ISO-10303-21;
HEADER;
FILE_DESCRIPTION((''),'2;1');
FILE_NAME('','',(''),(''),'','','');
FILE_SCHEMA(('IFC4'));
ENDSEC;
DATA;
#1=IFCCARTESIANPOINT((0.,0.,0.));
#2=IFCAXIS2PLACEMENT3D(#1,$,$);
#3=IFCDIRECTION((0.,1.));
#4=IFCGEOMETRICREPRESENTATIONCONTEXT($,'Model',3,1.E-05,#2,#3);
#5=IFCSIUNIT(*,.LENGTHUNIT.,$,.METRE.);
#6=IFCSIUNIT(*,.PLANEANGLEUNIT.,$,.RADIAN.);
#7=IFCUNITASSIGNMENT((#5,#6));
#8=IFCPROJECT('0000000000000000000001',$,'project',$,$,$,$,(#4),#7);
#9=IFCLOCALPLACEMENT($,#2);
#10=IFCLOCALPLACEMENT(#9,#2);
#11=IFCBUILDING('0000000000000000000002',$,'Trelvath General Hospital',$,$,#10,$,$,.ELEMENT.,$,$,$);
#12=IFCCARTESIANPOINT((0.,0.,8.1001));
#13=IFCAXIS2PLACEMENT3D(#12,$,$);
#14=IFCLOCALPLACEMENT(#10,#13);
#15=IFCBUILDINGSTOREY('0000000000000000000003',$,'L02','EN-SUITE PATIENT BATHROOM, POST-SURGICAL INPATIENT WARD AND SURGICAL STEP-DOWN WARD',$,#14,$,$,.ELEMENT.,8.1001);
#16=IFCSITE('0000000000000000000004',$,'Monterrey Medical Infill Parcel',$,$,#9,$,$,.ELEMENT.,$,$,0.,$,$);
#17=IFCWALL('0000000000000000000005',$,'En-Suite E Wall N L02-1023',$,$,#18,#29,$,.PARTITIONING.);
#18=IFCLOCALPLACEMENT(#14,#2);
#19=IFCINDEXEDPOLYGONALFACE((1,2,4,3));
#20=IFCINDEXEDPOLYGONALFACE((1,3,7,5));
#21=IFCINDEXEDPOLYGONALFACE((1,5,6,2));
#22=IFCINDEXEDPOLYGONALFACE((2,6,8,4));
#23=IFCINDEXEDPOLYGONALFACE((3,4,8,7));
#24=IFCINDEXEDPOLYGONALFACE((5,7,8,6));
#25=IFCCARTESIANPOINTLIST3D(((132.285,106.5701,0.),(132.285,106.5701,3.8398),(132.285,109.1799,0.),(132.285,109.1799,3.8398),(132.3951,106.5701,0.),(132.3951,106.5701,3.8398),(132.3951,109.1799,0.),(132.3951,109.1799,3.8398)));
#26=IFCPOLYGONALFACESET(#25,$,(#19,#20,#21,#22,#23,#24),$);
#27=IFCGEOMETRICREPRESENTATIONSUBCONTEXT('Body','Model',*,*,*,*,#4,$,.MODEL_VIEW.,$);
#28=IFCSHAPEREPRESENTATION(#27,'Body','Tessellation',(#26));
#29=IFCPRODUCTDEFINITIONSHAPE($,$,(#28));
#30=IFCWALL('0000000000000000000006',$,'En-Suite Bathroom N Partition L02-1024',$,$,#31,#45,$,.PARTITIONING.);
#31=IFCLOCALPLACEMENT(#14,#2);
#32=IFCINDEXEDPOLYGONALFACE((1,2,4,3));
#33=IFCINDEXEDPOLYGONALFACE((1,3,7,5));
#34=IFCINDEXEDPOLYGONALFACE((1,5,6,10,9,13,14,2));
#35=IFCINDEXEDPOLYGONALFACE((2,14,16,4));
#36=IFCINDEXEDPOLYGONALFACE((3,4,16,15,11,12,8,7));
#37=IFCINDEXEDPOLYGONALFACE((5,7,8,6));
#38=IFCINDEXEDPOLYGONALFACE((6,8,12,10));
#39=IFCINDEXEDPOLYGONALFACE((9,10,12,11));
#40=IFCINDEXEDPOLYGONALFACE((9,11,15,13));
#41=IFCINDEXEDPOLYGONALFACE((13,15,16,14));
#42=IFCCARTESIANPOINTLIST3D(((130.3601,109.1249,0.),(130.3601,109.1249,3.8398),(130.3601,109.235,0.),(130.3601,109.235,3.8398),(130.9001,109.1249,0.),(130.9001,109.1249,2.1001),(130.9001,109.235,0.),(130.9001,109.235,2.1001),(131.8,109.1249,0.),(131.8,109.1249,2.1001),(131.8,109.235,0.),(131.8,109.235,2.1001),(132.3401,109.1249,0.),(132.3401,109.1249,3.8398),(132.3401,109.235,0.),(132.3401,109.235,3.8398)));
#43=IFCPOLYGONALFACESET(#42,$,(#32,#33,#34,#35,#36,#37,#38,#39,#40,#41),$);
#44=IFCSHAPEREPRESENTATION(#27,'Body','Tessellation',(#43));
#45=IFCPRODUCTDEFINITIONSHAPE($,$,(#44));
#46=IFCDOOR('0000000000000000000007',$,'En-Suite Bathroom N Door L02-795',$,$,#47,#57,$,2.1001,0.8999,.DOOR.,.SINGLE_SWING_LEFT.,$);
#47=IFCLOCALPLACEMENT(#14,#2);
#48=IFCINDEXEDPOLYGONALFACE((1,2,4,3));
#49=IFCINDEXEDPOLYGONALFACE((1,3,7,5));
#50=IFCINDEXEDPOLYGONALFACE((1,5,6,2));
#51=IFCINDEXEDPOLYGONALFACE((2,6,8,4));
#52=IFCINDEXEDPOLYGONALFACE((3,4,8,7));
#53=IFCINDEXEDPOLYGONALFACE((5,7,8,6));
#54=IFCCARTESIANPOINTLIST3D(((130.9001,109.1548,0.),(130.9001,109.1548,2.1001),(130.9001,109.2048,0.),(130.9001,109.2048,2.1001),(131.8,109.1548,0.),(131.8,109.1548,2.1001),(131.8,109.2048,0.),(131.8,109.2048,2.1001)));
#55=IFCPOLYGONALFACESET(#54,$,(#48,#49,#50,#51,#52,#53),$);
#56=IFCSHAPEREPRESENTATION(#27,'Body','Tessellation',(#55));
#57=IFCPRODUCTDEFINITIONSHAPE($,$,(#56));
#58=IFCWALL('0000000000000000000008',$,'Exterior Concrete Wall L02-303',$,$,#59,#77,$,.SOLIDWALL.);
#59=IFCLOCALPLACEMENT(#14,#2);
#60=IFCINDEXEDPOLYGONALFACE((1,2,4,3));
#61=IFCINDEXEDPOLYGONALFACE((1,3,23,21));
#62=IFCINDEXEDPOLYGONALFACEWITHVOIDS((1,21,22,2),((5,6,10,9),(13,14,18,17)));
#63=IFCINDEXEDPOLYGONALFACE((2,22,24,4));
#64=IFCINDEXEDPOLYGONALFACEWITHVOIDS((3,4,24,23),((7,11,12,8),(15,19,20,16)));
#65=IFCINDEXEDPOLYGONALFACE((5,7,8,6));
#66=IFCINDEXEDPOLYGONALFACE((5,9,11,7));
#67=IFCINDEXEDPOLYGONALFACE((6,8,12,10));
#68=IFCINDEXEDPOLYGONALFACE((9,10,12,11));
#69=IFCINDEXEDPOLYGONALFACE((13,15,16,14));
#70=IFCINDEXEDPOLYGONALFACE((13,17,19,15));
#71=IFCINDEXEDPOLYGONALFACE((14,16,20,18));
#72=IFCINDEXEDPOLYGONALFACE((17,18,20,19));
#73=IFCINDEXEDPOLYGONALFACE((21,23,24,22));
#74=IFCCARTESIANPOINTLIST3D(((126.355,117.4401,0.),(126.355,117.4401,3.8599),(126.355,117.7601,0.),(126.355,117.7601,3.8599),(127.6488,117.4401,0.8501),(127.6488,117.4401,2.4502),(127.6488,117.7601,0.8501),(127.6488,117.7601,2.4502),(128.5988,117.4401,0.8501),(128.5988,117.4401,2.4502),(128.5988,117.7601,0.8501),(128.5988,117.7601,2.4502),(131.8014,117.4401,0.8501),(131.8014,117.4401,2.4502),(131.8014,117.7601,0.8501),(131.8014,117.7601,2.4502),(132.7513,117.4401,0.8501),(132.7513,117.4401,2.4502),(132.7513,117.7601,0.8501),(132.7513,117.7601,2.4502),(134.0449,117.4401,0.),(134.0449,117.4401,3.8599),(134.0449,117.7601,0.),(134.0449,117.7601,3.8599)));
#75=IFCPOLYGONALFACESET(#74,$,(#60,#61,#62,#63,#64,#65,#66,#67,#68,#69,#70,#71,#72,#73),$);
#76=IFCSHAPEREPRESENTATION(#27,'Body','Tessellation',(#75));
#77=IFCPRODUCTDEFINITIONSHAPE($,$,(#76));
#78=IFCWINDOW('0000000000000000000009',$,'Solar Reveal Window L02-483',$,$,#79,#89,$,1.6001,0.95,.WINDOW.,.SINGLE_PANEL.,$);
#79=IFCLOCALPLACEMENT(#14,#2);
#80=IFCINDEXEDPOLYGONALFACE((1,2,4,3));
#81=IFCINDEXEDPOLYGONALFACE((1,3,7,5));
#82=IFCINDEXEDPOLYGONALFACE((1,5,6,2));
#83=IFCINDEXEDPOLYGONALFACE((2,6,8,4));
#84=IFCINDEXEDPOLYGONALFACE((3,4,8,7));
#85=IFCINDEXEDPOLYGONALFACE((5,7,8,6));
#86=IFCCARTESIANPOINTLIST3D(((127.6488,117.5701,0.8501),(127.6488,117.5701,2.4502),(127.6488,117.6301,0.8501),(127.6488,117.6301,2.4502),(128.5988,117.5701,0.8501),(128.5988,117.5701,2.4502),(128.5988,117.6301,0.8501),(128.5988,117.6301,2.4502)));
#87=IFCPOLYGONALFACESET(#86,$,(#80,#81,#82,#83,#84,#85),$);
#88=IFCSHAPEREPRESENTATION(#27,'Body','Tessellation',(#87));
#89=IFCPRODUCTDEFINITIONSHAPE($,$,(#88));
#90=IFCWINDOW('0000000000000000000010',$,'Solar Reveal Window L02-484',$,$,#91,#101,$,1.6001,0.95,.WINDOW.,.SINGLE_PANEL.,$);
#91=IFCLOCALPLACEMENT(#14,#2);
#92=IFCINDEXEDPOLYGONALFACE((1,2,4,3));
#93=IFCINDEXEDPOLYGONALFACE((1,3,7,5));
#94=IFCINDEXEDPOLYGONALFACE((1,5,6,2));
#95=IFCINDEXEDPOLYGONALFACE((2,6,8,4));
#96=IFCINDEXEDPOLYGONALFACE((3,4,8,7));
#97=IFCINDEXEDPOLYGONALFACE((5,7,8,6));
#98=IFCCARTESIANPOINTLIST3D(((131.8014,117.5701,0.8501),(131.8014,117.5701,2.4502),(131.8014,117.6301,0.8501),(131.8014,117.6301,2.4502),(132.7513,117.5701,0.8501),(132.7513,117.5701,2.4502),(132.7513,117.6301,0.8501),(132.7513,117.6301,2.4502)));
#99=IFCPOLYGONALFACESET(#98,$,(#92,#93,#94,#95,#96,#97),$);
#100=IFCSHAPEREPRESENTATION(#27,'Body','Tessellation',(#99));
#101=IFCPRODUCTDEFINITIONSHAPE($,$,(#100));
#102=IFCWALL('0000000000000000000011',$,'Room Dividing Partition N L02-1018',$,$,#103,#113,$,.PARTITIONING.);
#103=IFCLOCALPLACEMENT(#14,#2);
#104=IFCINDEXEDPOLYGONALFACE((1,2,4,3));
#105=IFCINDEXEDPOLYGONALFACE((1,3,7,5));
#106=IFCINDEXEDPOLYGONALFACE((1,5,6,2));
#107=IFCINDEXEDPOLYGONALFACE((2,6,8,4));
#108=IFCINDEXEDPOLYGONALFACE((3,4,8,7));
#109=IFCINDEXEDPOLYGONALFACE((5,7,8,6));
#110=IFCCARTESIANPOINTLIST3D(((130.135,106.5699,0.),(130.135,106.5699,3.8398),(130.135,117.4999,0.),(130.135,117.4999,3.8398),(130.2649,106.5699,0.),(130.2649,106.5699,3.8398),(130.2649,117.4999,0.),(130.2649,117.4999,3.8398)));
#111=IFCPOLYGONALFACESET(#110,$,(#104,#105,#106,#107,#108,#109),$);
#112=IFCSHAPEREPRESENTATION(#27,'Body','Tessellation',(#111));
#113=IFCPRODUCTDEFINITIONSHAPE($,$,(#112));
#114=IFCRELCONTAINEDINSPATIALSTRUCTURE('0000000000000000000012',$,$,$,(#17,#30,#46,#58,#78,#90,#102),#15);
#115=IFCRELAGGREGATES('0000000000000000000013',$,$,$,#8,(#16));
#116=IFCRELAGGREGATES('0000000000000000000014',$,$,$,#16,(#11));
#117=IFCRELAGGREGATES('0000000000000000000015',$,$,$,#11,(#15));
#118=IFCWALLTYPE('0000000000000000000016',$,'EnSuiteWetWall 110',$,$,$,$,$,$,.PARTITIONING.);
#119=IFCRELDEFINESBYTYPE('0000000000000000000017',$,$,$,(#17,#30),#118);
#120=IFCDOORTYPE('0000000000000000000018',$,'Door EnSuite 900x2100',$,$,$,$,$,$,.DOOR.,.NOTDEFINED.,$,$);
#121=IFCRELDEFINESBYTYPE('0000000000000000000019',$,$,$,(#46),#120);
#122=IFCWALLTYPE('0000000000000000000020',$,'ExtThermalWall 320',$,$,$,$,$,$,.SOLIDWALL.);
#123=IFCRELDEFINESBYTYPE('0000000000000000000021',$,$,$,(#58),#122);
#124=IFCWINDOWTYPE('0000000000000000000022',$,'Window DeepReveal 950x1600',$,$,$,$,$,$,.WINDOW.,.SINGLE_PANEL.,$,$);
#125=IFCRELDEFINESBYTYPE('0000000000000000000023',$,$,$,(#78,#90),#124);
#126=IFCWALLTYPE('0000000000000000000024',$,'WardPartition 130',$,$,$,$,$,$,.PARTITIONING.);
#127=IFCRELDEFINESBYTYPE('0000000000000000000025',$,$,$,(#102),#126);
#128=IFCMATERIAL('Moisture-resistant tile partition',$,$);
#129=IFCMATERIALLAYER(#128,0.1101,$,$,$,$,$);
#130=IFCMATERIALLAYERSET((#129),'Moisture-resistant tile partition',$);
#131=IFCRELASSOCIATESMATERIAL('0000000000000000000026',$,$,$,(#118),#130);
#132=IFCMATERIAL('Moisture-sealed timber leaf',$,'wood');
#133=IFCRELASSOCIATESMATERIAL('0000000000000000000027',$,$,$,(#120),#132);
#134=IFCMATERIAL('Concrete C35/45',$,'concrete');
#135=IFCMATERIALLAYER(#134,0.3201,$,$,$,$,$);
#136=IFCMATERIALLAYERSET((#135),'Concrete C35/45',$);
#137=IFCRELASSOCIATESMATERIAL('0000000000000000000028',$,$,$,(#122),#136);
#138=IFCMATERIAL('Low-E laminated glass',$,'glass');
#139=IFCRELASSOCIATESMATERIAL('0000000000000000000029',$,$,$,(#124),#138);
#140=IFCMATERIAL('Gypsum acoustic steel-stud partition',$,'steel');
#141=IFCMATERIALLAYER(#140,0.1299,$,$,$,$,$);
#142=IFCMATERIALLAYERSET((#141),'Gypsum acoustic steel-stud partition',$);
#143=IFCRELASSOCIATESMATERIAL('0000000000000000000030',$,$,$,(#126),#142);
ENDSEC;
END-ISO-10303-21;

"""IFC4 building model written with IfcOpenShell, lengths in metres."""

from ifc_helpers import new_model, si_unit, direction, frame, frame_2d, origin, place, context, subcontext, project, spatial, rectangle, extrude, material, layer, layer_set, type_object, element, fill, save


model = new_model("IFC4")

# Units and contexts
model_context = context("Model", 3, precision=1e-05, world=origin(), true_north=direction((0.0, 1.0)))
body_context = subcontext(model_context, "Body", "Model", "MODEL_VIEW")
ifc_project = project(units=[si_unit("LENGTHUNIT", "METRE"), si_unit("PLANEANGLEUNIT", "RADIAN")], contexts=[model_context])

# Site, building, storey
site_placement = place(None, origin())
site = spatial("IfcSite", under=ifc_project, at=site_placement, Name="Monterrey Medical Infill Parcel", CompositionType="ELEMENT", RefElevation=0.0)
building_placement = place(site_placement, origin())
building = spatial("IfcBuilding", under=site, at=building_placement, Name="Trelvath General Hospital", CompositionType="ELEMENT")
storey_placement = place(building_placement, frame((0.0, 0.0, 8.1001)))
storey = spatial("IfcBuildingStorey", under=building, at=storey_placement, Name="L02", Description="EN-SUITE PATIENT BATHROOM, POST-SURGICAL INPATIENT WARD AND SURGICAL STEP-DOWN WARD", CompositionType="ELEMENT", Elevation=8.1001)

# Shared definitions
ifc_material_1 = material(Name="Moisture-resistant tile partition")
ifc_layer_1 = layer(ifc_material_1, 0.1101)
ifc_layer_set_1 = layer_set([ifc_layer_1], Name="Moisture-resistant tile partition")
wall_type_1 = type_object("IfcWallType", Name="EnSuiteWetWall 110", PredefinedType="PARTITIONING", material=ifc_layer_set_1)
ifc_material_2 = material(Name="Moisture-sealed timber leaf", Category="wood")
door_type = type_object("IfcDoorType", Name="Door EnSuite 900x2100", OperationType="NOTDEFINED", PredefinedType="DOOR", material=ifc_material_2)

# Wall
for number, where, z_axis, x_axis, name in (
    (1, (132.3401, 106.5701, 0.0), (0.0, 0.0, 1.0), (0.0, 1.0, 0.0), "En-Suite E Wall N L02-1023"),
):
    element("IfcWall", number, at=place(storey_placement, frame(where, z_axis=z_axis, x_axis=x_axis)), inside=storey, type_object=wall_type_1, Name=name, PredefinedType="PARTITIONING", context=body_context, shape_type="SweptSolid", body=[
        extrude(rectangle(XDim=2.6099, YDim=0.1101, at=frame_2d((1.3049, 0.0))), origin(), (0.0, 0.0, 1.0), 3.8398),
    ])

# Wall, opening, door
wall_1_placement = place(storey_placement, frame((130.3601, 109.1799, 0.0), z_axis=(0.0, 0.0, 1.0), x_axis=(1.0, 0.0, 0.0)))
wall_1 = element("IfcWall", 2, at=wall_1_placement, inside=storey, type_object=wall_type_1, Name="En-Suite Bathroom N Partition L02-1024", PredefinedType="PARTITIONING", context=body_context, shape_type="SweptSolid", body=[
    extrude(rectangle(XDim=1.98, YDim=0.1101, at=frame_2d((0.99, 0.0))), origin(), (0.0, 0.0, 1.0), 3.8398),
])
opening_1_placement = place(wall_1_placement, frame((0.54, 0.0, 0.0)))
opening_1 = element("IfcOpeningElement", 3, at=opening_1_placement, cuts=wall_1, PredefinedType="OPENING", context=body_context, shape_type="SweptSolid", body=[
    extrude(rectangle(XDim=0.8999, YDim=2.1001, at=frame_2d((0.45, 1.05))), frame((0.0, 0.0649, 0.0), z_axis=(0.0, -1.0, 0.0), x_axis=(1.0, 0.0, 0.0)), (0.0, 0.0, 1.0), 0.1301),
])
door_1_placement = place(opening_1_placement, origin())
door_1 = element("IfcDoor", 4, at=door_1_placement, inside=storey, type_object=door_type, Name="En-Suite Bathroom N Door L02-795", OperationType="SINGLE_SWING_LEFT", OverallHeight=2.1001, OverallWidth=0.8999, PredefinedType="DOOR", context=body_context, shape_type="SweptSolid", body=[
    extrude(rectangle(XDim=0.8999, YDim=2.1001, at=frame_2d((0.45, 1.05))), frame((0.0, 0.0249, 0.0), z_axis=(0.0, -1.0, 0.0), x_axis=(1.0, 0.0, 0.0)), (0.0, 0.0, 1.0), 0.05),
])
fill(opening_1, door_1)

# Wall, openings, windows
ifc_material_3 = material(Name="Concrete C35/45", Category="concrete")
ifc_layer_2 = layer(ifc_material_3, 0.3201)
ifc_layer_set_2 = layer_set([ifc_layer_2], Name="Concrete C35/45")
wall_type_2 = type_object("IfcWallType", Name="ExtThermalWall 320", PredefinedType="SOLIDWALL", material=ifc_layer_set_2)
wall_2_placement = place(storey_placement, frame((126.355, 117.6001, 0.0), z_axis=(0.0, 0.0, 1.0), x_axis=(1.0, 0.0, 0.0)))
wall_2 = element("IfcWall", 5, at=wall_2_placement, inside=storey, type_object=wall_type_2, Name="Exterior Concrete Wall L02-303", PredefinedType="SOLIDWALL", context=body_context, shape_type="SweptSolid", body=[
    extrude(rectangle(XDim=7.6899, YDim=0.3201, at=frame_2d((3.845, 0.0))), origin(), (0.0, 0.0, 1.0), 3.8599),
])
opening_2_placement = place(wall_2_placement, frame((1.2937, 0.0, 0.8501)))
opening_2 = element("IfcOpeningElement", 6, at=opening_2_placement, cuts=wall_2, PredefinedType="OPENING", context=body_context, shape_type="SweptSolid", body=[
    extrude(rectangle(XDim=0.95, YDim=1.6001, at=frame_2d((0.4751, 0.8))), frame((0.0, 0.1699, 0.0), z_axis=(0.0, -1.0, 0.0), x_axis=(1.0, 0.0, 0.0)), (0.0, 0.0, 1.0), 0.3401),
])
opening_3_placement = place(wall_2_placement, frame((5.4463, 0.0, 0.8501)))
opening_3 = element("IfcOpeningElement", 7, at=opening_3_placement, cuts=wall_2, PredefinedType="OPENING", context=body_context, shape_type="SweptSolid", body=[
    extrude(rectangle(XDim=0.95, YDim=1.6001, at=frame_2d((0.4751, 0.8))), frame((0.0, 0.1699, 0.0), z_axis=(0.0, -1.0, 0.0), x_axis=(1.0, 0.0, 0.0)), (0.0, 0.0, 1.0), 0.3401),
])
ifc_material_4 = material(Name="Low-E laminated glass", Category="glass")
window_type = type_object("IfcWindowType", Name="Window DeepReveal 950x1600", PartitioningType="SINGLE_PANEL", PredefinedType="WINDOW", material=ifc_material_4)
window_1_placement = place(opening_2_placement, origin())
window_1 = element("IfcWindow", 8, at=window_1_placement, inside=storey, type_object=window_type, Name="Solar Reveal Window L02-483", OverallHeight=1.6001, OverallWidth=0.95, PartitioningType="SINGLE_PANEL", PredefinedType="WINDOW", context=body_context, shape_type="SweptSolid", body=[
    extrude(rectangle(XDim=0.95, YDim=1.6001, at=frame_2d((0.4751, 0.8))), frame((0.0, 0.03, 0.0), z_axis=(0.0, -1.0, 0.0), x_axis=(1.0, 0.0, 0.0)), (0.0, 0.0, 1.0), 0.0601),
])
fill(opening_2, window_1)
window_2_placement = place(opening_3_placement, origin())
window_2 = element("IfcWindow", 9, at=window_2_placement, inside=storey, type_object=window_type, Name="Solar Reveal Window L02-484", OverallHeight=1.6001, OverallWidth=0.95, PartitioningType="SINGLE_PANEL", PredefinedType="WINDOW", context=body_context, shape_type="SweptSolid", body=[
    extrude(rectangle(XDim=0.95, YDim=1.6001, at=frame_2d((0.4751, 0.8))), frame((0.0, 0.03, 0.0), z_axis=(0.0, -1.0, 0.0), x_axis=(1.0, 0.0, 0.0)), (0.0, 0.0, 1.0), 0.0601),
])
fill(opening_3, window_2)

# Wall
ifc_material_5 = material(Name="Gypsum acoustic steel-stud partition", Category="steel")
ifc_layer_3 = layer(ifc_material_5, 0.1299)
ifc_layer_set_3 = layer_set([ifc_layer_3], Name="Gypsum acoustic steel-stud partition")
wall_type_3 = type_object("IfcWallType", Name="WardPartition 130", PredefinedType="PARTITIONING", material=ifc_layer_set_3)
wall_3_placement = place(storey_placement, frame((130.2, 106.5701, 0.0), z_axis=(0.0, 0.0, 1.0), x_axis=(0.0, 1.0, 0.0)))
element("IfcWall", 10, at=wall_3_placement, inside=storey, type_object=wall_type_3, Name="Room Dividing Partition N L02-1018", PredefinedType="PARTITIONING", context=body_context, shape_type="SweptSolid", body=[
    extrude(rectangle(XDim=10.9299, YDim=0.1299, at=frame_2d((5.4648, 0.0))), origin(), (0.0, 0.0, 1.0), 3.8398),
])

save(model, "model.ifc")
